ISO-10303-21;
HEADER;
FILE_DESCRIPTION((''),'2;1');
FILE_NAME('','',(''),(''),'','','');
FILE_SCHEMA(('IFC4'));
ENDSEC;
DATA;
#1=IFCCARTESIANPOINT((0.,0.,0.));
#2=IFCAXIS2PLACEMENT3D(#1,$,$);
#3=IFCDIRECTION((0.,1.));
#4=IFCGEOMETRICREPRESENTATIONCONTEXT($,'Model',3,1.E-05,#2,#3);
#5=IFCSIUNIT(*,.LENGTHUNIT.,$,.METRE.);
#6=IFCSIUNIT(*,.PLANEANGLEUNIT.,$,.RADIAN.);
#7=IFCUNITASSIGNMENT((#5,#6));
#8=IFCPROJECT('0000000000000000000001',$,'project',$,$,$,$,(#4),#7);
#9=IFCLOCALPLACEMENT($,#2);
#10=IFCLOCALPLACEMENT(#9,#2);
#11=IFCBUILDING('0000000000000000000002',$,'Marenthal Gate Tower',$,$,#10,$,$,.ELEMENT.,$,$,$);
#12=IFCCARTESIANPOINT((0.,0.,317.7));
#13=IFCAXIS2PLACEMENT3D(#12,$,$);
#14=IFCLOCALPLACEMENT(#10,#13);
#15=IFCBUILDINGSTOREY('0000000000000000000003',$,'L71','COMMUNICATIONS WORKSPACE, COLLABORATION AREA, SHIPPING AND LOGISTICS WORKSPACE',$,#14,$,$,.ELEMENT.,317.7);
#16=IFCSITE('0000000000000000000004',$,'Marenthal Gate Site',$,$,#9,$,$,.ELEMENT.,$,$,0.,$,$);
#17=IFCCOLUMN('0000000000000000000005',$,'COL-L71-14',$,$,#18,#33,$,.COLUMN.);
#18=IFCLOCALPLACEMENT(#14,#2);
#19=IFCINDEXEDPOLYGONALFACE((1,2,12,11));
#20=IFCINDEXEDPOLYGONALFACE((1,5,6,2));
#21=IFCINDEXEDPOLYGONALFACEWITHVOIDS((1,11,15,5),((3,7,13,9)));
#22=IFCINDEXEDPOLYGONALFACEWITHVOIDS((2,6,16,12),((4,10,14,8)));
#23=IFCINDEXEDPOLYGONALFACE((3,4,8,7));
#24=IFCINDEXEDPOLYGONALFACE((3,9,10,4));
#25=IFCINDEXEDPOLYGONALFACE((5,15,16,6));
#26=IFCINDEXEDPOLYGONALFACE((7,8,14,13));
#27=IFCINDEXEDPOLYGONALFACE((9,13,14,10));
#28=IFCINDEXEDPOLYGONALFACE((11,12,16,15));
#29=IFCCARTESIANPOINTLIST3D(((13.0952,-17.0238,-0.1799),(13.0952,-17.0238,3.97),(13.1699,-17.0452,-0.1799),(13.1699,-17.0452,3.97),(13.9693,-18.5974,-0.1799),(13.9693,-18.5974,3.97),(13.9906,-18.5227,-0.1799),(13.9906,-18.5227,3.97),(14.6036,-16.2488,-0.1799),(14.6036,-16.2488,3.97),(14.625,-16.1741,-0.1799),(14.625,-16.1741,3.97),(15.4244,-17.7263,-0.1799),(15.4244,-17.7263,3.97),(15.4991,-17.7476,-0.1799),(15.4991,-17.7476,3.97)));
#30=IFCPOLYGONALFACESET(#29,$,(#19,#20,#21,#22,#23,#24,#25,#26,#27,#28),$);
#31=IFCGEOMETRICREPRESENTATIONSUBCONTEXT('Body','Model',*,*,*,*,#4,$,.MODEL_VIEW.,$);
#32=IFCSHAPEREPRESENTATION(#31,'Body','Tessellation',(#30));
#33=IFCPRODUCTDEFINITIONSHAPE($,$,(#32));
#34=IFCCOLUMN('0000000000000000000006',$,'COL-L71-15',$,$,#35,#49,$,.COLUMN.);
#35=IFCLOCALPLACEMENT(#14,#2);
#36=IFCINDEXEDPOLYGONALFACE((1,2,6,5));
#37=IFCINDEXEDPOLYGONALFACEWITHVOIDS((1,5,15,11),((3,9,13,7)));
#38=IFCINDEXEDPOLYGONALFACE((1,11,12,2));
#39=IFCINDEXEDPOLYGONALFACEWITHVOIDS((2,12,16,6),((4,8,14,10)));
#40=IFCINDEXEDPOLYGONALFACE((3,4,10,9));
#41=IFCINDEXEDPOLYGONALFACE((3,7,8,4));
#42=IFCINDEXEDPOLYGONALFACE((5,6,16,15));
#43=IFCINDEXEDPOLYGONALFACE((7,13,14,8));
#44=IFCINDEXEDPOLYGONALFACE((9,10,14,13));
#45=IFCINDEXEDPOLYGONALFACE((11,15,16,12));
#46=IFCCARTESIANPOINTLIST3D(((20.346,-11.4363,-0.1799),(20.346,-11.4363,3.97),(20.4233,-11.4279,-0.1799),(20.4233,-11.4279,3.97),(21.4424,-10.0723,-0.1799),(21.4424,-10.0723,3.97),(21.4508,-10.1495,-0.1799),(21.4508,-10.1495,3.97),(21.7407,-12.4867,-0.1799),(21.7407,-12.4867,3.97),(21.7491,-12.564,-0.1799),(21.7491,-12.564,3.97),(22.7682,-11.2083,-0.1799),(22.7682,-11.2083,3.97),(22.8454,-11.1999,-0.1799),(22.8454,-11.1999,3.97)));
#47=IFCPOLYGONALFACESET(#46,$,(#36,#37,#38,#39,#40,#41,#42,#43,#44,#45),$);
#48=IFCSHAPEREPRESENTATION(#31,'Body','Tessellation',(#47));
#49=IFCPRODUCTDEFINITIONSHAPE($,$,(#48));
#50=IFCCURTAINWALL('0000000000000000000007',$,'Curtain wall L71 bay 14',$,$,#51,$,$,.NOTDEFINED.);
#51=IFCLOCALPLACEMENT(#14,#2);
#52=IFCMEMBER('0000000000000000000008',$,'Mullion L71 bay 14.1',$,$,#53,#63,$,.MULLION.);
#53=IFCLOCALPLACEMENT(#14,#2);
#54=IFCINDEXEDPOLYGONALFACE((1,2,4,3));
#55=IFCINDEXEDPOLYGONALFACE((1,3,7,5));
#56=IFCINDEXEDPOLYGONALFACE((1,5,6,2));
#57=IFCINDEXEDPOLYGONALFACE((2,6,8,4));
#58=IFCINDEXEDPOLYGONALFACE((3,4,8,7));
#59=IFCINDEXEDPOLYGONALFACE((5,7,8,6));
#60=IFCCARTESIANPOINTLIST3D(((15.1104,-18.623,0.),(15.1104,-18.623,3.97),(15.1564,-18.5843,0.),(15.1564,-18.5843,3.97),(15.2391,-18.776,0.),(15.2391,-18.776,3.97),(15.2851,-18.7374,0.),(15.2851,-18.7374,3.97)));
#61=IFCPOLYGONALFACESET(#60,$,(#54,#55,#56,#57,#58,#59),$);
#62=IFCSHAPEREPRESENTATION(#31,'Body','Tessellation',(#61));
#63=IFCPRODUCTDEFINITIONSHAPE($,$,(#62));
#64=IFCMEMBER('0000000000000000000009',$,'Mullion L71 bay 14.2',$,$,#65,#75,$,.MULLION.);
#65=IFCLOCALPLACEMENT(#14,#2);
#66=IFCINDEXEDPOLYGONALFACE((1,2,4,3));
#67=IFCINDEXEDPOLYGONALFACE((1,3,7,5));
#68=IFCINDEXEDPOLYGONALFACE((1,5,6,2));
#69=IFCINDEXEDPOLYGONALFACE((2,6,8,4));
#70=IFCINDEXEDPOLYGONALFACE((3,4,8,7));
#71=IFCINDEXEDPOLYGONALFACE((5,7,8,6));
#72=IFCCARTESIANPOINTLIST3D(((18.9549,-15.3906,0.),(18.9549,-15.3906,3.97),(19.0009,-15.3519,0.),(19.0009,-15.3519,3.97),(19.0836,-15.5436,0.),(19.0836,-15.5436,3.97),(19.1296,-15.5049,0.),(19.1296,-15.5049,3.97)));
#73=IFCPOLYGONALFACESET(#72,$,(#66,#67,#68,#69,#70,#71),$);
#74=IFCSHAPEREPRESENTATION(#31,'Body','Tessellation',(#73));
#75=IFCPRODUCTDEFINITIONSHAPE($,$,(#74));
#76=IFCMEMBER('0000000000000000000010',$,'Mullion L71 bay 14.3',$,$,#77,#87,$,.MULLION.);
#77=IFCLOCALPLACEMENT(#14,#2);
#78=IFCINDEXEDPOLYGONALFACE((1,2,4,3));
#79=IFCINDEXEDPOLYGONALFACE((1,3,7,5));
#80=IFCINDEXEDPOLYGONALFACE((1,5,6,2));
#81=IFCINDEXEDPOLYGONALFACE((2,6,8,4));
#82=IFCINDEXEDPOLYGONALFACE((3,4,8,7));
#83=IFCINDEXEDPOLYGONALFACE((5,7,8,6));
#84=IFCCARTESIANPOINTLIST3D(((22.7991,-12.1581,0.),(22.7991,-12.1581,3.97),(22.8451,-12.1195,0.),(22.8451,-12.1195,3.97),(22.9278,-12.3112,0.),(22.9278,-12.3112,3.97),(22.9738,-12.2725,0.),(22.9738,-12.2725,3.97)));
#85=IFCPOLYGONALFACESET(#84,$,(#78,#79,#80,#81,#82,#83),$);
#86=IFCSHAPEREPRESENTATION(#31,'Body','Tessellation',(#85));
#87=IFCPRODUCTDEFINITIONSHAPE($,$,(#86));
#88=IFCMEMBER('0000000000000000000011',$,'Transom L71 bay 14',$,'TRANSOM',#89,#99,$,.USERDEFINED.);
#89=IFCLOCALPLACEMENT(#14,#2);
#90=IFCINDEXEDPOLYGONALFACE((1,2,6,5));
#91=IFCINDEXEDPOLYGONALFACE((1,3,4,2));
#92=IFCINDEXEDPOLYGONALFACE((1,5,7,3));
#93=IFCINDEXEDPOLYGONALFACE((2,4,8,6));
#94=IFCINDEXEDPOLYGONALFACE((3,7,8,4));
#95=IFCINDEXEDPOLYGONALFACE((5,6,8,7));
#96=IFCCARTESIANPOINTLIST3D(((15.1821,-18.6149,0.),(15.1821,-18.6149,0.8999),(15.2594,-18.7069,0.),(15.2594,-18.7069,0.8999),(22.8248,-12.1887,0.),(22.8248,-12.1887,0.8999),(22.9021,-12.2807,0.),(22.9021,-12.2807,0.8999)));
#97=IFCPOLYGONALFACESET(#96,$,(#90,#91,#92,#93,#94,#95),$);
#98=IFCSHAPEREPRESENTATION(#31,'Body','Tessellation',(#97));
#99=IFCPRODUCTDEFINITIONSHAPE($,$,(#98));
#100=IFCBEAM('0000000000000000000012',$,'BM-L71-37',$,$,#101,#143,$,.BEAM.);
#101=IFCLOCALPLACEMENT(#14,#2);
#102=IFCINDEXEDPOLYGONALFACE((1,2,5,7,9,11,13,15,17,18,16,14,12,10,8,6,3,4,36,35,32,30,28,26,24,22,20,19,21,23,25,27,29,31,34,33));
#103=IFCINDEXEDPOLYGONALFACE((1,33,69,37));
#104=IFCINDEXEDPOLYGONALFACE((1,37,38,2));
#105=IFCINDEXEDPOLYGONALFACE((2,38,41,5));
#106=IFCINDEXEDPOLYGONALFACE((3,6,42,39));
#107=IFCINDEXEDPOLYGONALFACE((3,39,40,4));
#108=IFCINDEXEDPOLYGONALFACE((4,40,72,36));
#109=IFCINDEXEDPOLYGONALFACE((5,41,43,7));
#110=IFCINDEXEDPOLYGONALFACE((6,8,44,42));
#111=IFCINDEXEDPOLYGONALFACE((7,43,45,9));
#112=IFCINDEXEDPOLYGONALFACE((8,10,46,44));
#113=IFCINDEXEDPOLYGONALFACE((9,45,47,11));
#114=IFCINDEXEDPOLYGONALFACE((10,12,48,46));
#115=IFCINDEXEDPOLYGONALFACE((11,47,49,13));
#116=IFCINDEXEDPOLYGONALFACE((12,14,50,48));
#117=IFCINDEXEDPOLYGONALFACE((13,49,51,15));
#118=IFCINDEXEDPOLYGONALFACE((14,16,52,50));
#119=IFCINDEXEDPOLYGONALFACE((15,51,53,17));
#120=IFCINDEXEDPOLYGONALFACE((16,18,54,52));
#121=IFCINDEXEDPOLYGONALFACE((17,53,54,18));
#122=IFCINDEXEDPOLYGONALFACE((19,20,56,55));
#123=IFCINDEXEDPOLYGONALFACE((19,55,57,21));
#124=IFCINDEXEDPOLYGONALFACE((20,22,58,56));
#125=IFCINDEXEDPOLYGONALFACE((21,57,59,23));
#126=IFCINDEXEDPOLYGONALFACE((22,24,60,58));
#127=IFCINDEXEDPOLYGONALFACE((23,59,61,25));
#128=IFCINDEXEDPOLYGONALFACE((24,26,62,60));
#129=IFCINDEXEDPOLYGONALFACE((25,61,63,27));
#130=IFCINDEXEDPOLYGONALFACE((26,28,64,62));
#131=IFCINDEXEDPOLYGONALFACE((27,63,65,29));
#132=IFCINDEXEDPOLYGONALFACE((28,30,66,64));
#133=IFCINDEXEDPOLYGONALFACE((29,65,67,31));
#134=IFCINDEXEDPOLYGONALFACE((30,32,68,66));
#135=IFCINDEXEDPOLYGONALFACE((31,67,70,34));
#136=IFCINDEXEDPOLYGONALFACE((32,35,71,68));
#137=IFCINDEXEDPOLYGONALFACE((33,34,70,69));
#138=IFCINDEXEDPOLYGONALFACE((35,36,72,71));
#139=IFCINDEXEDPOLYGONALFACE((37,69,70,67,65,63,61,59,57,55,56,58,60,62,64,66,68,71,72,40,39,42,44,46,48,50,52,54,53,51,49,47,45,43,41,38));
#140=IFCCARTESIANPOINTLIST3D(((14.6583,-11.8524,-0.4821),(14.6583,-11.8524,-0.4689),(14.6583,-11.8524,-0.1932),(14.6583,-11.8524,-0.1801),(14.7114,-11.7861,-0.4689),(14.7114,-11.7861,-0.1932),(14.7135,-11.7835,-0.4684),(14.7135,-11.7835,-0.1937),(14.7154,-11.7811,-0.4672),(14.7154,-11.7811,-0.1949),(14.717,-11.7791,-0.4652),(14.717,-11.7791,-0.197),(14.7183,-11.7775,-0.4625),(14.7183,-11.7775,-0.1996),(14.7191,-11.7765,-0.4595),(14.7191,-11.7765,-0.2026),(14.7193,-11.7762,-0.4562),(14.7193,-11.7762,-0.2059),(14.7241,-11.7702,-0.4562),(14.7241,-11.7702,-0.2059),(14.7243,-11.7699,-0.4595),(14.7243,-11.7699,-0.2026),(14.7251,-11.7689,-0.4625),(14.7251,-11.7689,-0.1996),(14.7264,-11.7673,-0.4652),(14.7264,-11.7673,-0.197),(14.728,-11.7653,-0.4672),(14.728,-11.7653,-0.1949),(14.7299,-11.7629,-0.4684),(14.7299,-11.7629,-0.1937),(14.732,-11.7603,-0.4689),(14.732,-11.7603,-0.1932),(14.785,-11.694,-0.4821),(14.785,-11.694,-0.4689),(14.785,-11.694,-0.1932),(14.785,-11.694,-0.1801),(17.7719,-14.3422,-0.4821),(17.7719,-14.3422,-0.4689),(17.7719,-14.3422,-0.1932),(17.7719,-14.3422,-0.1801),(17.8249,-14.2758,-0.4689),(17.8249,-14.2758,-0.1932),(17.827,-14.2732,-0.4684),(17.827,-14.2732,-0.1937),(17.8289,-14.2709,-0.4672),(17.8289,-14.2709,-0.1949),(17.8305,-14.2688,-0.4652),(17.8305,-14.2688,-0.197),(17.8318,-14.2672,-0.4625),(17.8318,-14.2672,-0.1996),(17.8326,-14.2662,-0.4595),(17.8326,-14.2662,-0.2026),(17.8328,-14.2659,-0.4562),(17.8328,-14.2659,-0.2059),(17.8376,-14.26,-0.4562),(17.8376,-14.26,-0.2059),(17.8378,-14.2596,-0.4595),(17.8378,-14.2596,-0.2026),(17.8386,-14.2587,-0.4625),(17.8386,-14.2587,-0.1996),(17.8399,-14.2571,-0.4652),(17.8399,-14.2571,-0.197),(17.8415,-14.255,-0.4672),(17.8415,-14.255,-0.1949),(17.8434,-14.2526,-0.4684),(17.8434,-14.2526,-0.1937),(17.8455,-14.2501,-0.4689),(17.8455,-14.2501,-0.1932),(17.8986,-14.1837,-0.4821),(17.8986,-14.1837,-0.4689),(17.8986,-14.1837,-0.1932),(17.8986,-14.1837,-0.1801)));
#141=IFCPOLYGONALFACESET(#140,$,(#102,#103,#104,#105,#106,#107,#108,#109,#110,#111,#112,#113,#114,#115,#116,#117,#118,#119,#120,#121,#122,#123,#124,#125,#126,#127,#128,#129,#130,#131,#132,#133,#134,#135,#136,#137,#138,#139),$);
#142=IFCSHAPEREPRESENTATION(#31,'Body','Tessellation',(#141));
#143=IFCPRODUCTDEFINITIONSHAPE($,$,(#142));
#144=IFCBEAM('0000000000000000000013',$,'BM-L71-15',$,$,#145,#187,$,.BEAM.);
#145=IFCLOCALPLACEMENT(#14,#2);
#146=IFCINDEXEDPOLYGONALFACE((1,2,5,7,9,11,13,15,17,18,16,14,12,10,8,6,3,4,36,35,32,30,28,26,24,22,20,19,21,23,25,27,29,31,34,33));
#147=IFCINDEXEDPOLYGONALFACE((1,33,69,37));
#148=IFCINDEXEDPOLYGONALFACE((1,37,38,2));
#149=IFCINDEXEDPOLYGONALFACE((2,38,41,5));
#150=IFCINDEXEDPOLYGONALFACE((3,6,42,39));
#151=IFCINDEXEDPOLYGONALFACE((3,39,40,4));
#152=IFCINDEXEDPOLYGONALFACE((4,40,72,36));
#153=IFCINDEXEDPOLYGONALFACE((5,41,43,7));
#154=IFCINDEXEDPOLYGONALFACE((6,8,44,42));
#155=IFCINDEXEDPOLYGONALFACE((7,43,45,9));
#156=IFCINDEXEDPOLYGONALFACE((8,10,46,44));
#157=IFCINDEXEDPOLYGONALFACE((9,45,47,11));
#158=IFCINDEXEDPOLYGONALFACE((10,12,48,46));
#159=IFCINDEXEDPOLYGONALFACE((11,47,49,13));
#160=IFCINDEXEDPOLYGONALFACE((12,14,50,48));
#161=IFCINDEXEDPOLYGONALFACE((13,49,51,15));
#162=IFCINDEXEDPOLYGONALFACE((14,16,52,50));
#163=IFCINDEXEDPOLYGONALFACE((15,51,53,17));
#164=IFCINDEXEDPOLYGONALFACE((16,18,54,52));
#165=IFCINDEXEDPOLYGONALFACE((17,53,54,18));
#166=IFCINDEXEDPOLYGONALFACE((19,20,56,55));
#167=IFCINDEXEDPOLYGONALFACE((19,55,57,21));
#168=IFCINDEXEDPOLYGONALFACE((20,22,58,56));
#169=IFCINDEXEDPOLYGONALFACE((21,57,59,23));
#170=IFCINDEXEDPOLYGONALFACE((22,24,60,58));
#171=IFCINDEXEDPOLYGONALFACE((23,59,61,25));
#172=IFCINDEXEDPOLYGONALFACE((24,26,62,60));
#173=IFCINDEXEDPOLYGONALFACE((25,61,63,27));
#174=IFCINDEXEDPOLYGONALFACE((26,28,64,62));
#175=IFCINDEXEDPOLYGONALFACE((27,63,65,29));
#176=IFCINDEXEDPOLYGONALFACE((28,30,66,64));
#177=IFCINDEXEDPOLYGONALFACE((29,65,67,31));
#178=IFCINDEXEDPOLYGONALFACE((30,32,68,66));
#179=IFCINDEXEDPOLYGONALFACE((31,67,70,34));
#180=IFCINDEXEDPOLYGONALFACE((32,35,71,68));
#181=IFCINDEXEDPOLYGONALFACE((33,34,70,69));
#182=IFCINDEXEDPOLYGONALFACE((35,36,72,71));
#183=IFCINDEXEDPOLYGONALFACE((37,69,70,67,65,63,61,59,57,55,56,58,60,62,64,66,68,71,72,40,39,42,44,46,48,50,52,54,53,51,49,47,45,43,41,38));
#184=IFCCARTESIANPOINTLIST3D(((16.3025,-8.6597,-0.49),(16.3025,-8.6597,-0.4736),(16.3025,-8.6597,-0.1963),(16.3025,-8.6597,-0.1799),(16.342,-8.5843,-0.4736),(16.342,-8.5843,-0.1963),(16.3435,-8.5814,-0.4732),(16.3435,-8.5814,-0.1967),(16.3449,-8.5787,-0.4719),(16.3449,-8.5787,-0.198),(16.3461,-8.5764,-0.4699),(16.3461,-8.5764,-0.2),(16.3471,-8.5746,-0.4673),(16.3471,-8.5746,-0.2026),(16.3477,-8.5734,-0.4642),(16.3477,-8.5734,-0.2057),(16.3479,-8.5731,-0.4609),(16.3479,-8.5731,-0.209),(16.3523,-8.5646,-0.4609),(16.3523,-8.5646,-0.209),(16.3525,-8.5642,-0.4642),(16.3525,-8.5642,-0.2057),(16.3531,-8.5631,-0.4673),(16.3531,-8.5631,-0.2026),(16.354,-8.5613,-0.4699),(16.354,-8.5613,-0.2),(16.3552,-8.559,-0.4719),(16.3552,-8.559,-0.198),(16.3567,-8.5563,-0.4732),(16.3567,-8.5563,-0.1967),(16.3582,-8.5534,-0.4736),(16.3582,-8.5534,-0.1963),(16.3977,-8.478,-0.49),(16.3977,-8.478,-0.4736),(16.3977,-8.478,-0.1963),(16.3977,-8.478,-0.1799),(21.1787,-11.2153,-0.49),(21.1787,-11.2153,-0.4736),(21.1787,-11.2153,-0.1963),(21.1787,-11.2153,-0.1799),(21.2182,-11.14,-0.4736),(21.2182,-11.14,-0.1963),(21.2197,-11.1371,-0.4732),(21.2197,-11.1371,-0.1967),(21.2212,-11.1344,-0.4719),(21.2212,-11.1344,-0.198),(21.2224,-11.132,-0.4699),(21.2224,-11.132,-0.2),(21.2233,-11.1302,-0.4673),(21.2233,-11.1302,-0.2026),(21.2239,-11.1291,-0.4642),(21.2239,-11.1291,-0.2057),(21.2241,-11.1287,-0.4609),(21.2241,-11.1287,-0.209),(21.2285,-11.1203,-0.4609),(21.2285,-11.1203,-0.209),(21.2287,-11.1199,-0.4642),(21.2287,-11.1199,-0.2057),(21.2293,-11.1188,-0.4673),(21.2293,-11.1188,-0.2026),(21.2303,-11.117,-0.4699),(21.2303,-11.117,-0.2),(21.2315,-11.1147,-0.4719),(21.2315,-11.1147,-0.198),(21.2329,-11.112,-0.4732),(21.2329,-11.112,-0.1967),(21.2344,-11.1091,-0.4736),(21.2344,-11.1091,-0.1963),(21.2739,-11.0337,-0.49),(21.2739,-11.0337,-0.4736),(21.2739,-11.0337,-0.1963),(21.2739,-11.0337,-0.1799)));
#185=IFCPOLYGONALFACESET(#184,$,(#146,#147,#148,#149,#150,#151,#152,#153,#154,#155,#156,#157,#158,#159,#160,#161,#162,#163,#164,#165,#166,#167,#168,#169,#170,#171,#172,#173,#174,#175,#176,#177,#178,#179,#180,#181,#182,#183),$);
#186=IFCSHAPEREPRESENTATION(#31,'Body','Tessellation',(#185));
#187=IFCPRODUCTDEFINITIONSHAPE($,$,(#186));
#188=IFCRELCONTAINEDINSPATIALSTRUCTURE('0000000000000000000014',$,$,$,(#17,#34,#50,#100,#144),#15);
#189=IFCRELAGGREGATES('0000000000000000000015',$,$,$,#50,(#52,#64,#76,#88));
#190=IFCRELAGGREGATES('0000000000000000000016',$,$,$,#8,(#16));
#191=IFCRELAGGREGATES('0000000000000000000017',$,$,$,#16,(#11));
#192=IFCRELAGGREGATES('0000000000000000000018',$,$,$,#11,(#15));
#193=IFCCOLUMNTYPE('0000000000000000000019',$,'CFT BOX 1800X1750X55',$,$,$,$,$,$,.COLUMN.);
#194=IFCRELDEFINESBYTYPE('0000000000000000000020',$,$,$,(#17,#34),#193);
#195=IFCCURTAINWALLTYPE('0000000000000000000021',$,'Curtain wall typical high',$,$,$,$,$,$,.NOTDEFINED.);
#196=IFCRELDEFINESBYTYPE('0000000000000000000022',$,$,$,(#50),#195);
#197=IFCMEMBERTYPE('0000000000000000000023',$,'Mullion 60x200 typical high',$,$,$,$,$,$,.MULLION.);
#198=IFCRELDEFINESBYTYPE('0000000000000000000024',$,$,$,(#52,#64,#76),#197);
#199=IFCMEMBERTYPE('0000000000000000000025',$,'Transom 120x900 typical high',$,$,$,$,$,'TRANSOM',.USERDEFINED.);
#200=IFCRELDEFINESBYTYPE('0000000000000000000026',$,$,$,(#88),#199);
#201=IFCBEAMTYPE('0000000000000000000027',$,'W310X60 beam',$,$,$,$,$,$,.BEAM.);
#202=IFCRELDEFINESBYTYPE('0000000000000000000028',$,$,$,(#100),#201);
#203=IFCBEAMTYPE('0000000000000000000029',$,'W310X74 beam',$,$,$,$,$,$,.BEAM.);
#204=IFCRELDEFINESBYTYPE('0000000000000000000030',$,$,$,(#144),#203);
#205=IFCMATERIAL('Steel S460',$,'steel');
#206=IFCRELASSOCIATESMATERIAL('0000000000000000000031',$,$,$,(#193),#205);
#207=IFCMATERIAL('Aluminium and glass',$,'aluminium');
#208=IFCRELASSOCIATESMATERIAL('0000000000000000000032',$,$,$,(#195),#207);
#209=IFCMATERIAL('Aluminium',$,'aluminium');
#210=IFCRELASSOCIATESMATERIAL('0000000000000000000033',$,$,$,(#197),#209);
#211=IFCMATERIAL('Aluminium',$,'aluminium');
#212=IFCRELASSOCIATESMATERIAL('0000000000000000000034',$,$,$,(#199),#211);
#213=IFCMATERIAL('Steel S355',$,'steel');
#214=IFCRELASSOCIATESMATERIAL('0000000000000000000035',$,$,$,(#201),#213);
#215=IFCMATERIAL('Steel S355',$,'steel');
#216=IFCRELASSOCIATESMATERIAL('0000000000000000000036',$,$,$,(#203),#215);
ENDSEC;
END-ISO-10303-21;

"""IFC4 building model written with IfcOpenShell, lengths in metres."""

from ifc_helpers import new_model, si_unit, direction, frame, origin, origin_2d, place, context, subcontext, project, spatial, rectangle, hollow_rectangle, i_section, extrude, material, material_profile, profile_set, type_object, element, aggregate, save


model = new_model("IFC4")

# Units and contexts
model_context = context("Model", 3, precision=1e-05, world=origin(), true_north=direction((0.0, 1.0)))
body_context = subcontext(model_context, "Body", "Model", "MODEL_VIEW")
ifc_project = project(units=[si_unit("LENGTHUNIT", "METRE"), si_unit("PLANEANGLEUNIT", "RADIAN")], contexts=[model_context])

# Site, building, storey
site_placement = place(None, origin())
site = spatial("IfcSite", under=ifc_project, at=site_placement, Name="Marenthal Gate Site", CompositionType="ELEMENT", RefElevation=0.0)
building_placement = place(site_placement, origin())
building = spatial("IfcBuilding", under=site, at=building_placement, Name="Marenthal Gate Tower", CompositionType="ELEMENT")
storey_placement = place(building_placement, frame((0.0, 0.0, 317.7)))
storey = spatial("IfcBuildingStorey", under=building, at=storey_placement, Name="L71", Description="COMMUNICATIONS WORKSPACE, COLLABORATION AREA, SHIPPING AND LOGISTICS WORKSPACE", CompositionType="ELEMENT", Elevation=317.7)

# Columns
ifc_material_1 = material(Name="Steel S460", Category="steel")
ifc_material_profile_1 = material_profile(ifc_material_1, hollow_rectangle(XDim=1.75, YDim=1.8, WallThickness=0.0549, at=origin_2d()), Name="CFT BOX 1800X1750X55")
ifc_material_2 = material(Name="Concrete 70 MPa", Category="concrete")
ifc_material_profile_2 = material_profile(ifc_material_2, rectangle(XDim=1.6399, YDim=1.6899, at=origin_2d()), Name="CFT BOX 1800X1750X55 INFILL")
ifc_profile_set_1 = profile_set([ifc_material_profile_1, ifc_material_profile_2], Name="Steel S460 shell, Concrete 70 MPa infill")
column_type = type_object("IfcColumnType", Name="CFT BOX 1800X1750X55", PredefinedType="COLUMN", material=ifc_profile_set_1)
for number, where, z_axis, x_axis, name in (
    (1, (14.2971, -17.3857, -0.1799), (0.0, 0.0, 1.0), (-0.874186, -0.485591, 0.0), "COL-L71-14"),
    (2, (21.5957, -11.3181, -0.1799), (0.0, 0.0, 1.0), (-0.626475, -0.779442, 0.0), "COL-L71-15"),
):
    element("IfcColumn", number, at=place(storey_placement, frame(where, z_axis=z_axis, x_axis=x_axis)), inside=storey, type_object=column_type, Name=name, PredefinedType="COLUMN", context=body_context, shape_type="SweptSolid", body=[
        extrude(hollow_rectangle(XDim=1.75, YDim=1.8, WallThickness=0.0549, at=origin_2d()), origin(), (0.0, 0.0, 1.0), 4.1499),
    ])

# Curtain wall, members
ifc_material_3 = material(Name="Aluminium and glass", Category="aluminium")
curtain_wall_type = type_object("IfcCurtainWallType", Name="Curtain wall typical high", PredefinedType="NOTDEFINED", material=ifc_material_3)
curtain_wall_placement = place(storey_placement, origin())
curtain_wall = element("IfcCurtainWall", 3, at=curtain_wall_placement, inside=storey, type_object=curtain_wall_type, Name="Curtain wall L71 bay 14", PredefinedType="NOTDEFINED")
ifc_material_4 = material(Name="Aluminium", Category="aluminium")
ifc_material_profile_3 = material_profile(ifc_material_4, rectangle(XDim=0.2, YDim=0.0601, at=origin_2d()), Name="60x200 aluminium mullion")
ifc_profile_set_2 = profile_set([ifc_material_profile_3], Name="Aluminium")
member_type_1 = type_object("IfcMemberType", Name="Mullion 60x200 typical high", PredefinedType="MULLION", material=ifc_profile_set_2)
member_1_placement = place(storey_placement, frame((15.1978, -18.6802, 0.0), z_axis=(0.0, 0.0, 1.0), x_axis=(-0.64357, 0.765387, 0.0)))
member_1 = element("IfcMember", 4, at=member_1_placement, type_object=member_type_1, Name="Mullion L71 bay 14.1", PredefinedType="MULLION", context=body_context, shape_type="SweptSolid", body=[
    extrude(rectangle(XDim=0.2, YDim=0.0601, at=origin_2d()), origin(), (0.0, 0.0, 1.0), 3.97),
])
member_2_placement = place(storey_placement, frame((19.0422, -15.4478, 0.0), z_axis=(0.0, 0.0, 1.0), x_axis=(-0.64357, 0.765387, 0.0)))
member_2 = element("IfcMember", 5, at=member_2_placement, type_object=member_type_1, Name="Mullion L71 bay 14.2", PredefinedType="MULLION", context=body_context, shape_type="SweptSolid", body=[
    extrude(rectangle(XDim=0.2, YDim=0.0601, at=origin_2d()), origin(), (0.0, 0.0, 1.0), 3.97),
])
member_3_placement = place(storey_placement, frame((22.8865, -12.2153, 0.0), z_axis=(0.0, 0.0, 1.0), x_axis=(-0.64357, 0.765387, 0.0)))
member_3 = element("IfcMember", 6, at=member_3_placement, type_object=member_type_1, Name="Mullion L71 bay 14.3", PredefinedType="MULLION", context=body_context, shape_type="SweptSolid", body=[
    extrude(rectangle(XDim=0.2, YDim=0.0601, at=origin_2d()), origin(), (0.0, 0.0, 1.0), 3.97),
])
ifc_material_5 = material(Name="Aluminium", Category="aluminium")
ifc_material_profile_4 = material_profile(ifc_material_5, rectangle(XDim=0.1201, YDim=0.8999, at=origin_2d()), Name="120x900 aluminium transom")
ifc_profile_set_3 = profile_set([ifc_material_profile_4], Name="Aluminium")
member_type_2 = type_object("IfcMemberType", Name="Transom 120x900 typical high", ElementType="TRANSOM", PredefinedType="USERDEFINED", material=ifc_profile_set_3)
member_4_placement = place(storey_placement, frame((15.2207, -18.6609, 0.45), z_axis=(0.765394, 0.643562, 0.0), x_axis=(-0.643562, 0.765394, 0.0)))
member_4 = element("IfcMember", 7, at=member_4_placement, type_object=member_type_2, Name="Transom L71 bay 14", ObjectType="TRANSOM", PredefinedType="USERDEFINED", context=body_context, shape_type="SweptSolid", body=[
    extrude(rectangle(XDim=0.1201, YDim=0.8999, at=origin_2d()), origin(), (0.0, 0.0, 1.0), 9.9854),
])

# Beams
ifc_material_6 = material(Name="Steel S355", Category="steel")
ifc_material_profile_5 = material_profile(ifc_material_6, i_section(OverallWidth=0.2029, OverallDepth=0.302, WebThickness=0.0076, FlangeThickness=0.0132, FilletRadius=0.0127, at=origin_2d()), Name="W310X60")
ifc_profile_set_4 = profile_set([ifc_material_profile_5], Name="Steel S355")
beam_type_1 = type_object("IfcBeamType", Name="W310X60 beam", PredefinedType="BEAM", material=ifc_profile_set_4)
beam_1_placement = place(storey_placement, frame((17.8352, -14.2629, -0.3311), z_axis=(-0.781, 0.624531, 0.0), x_axis=(-0.624531, -0.781, 0.0)))
element("IfcBeam", 8, at=beam_1_placement, inside=storey, type_object=beam_type_1, Name="BM-L71-37", PredefinedType="BEAM", context=body_context, shape_type="SweptSolid", body=[
    extrude(i_section(OverallWidth=0.2029, OverallDepth=0.302, WebThickness=0.0076, FlangeThickness=0.0132, FilletRadius=0.0127, at=origin_2d()), origin(), (0.0, 0.0, 1.0), 3.9866),
])
ifc_material_7 = material(Name="Steel S355", Category="steel")
ifc_material_profile_6 = material_profile(ifc_material_7, i_section(OverallWidth=0.2051, OverallDepth=0.3101, WebThickness=0.0095, FlangeThickness=0.0164, FilletRadius=0.0127, at=origin_2d()), Name="W310X74")
ifc_profile_set_5 = profile_set([ifc_material_profile_6], Name="Steel S355")
beam_type_2 = type_object("IfcBeamType", Name="W310X74 beam", PredefinedType="BEAM", material=ifc_profile_set_5)
beam_2_placement = place(storey_placement, frame((21.2263, -11.1245, -0.335), z_axis=(-0.885723, 0.464214, 0.0), x_axis=(-0.464214, -0.885723, 0.0)))
element("IfcBeam", 9, at=beam_2_placement, inside=storey, type_object=beam_type_2, Name="BM-L71-15", PredefinedType="BEAM", context=body_context, shape_type="SweptSolid", body=[
    extrude(i_section(OverallWidth=0.2051, OverallDepth=0.3101, WebThickness=0.0095, FlangeThickness=0.0164, FilletRadius=0.0127, at=origin_2d()), origin(), (0.0, 0.0, 1.0), 5.5054),
])

aggregate(curtain_wall, [member_1, member_2, member_3, member_4])

save(model, "model.ifc")
